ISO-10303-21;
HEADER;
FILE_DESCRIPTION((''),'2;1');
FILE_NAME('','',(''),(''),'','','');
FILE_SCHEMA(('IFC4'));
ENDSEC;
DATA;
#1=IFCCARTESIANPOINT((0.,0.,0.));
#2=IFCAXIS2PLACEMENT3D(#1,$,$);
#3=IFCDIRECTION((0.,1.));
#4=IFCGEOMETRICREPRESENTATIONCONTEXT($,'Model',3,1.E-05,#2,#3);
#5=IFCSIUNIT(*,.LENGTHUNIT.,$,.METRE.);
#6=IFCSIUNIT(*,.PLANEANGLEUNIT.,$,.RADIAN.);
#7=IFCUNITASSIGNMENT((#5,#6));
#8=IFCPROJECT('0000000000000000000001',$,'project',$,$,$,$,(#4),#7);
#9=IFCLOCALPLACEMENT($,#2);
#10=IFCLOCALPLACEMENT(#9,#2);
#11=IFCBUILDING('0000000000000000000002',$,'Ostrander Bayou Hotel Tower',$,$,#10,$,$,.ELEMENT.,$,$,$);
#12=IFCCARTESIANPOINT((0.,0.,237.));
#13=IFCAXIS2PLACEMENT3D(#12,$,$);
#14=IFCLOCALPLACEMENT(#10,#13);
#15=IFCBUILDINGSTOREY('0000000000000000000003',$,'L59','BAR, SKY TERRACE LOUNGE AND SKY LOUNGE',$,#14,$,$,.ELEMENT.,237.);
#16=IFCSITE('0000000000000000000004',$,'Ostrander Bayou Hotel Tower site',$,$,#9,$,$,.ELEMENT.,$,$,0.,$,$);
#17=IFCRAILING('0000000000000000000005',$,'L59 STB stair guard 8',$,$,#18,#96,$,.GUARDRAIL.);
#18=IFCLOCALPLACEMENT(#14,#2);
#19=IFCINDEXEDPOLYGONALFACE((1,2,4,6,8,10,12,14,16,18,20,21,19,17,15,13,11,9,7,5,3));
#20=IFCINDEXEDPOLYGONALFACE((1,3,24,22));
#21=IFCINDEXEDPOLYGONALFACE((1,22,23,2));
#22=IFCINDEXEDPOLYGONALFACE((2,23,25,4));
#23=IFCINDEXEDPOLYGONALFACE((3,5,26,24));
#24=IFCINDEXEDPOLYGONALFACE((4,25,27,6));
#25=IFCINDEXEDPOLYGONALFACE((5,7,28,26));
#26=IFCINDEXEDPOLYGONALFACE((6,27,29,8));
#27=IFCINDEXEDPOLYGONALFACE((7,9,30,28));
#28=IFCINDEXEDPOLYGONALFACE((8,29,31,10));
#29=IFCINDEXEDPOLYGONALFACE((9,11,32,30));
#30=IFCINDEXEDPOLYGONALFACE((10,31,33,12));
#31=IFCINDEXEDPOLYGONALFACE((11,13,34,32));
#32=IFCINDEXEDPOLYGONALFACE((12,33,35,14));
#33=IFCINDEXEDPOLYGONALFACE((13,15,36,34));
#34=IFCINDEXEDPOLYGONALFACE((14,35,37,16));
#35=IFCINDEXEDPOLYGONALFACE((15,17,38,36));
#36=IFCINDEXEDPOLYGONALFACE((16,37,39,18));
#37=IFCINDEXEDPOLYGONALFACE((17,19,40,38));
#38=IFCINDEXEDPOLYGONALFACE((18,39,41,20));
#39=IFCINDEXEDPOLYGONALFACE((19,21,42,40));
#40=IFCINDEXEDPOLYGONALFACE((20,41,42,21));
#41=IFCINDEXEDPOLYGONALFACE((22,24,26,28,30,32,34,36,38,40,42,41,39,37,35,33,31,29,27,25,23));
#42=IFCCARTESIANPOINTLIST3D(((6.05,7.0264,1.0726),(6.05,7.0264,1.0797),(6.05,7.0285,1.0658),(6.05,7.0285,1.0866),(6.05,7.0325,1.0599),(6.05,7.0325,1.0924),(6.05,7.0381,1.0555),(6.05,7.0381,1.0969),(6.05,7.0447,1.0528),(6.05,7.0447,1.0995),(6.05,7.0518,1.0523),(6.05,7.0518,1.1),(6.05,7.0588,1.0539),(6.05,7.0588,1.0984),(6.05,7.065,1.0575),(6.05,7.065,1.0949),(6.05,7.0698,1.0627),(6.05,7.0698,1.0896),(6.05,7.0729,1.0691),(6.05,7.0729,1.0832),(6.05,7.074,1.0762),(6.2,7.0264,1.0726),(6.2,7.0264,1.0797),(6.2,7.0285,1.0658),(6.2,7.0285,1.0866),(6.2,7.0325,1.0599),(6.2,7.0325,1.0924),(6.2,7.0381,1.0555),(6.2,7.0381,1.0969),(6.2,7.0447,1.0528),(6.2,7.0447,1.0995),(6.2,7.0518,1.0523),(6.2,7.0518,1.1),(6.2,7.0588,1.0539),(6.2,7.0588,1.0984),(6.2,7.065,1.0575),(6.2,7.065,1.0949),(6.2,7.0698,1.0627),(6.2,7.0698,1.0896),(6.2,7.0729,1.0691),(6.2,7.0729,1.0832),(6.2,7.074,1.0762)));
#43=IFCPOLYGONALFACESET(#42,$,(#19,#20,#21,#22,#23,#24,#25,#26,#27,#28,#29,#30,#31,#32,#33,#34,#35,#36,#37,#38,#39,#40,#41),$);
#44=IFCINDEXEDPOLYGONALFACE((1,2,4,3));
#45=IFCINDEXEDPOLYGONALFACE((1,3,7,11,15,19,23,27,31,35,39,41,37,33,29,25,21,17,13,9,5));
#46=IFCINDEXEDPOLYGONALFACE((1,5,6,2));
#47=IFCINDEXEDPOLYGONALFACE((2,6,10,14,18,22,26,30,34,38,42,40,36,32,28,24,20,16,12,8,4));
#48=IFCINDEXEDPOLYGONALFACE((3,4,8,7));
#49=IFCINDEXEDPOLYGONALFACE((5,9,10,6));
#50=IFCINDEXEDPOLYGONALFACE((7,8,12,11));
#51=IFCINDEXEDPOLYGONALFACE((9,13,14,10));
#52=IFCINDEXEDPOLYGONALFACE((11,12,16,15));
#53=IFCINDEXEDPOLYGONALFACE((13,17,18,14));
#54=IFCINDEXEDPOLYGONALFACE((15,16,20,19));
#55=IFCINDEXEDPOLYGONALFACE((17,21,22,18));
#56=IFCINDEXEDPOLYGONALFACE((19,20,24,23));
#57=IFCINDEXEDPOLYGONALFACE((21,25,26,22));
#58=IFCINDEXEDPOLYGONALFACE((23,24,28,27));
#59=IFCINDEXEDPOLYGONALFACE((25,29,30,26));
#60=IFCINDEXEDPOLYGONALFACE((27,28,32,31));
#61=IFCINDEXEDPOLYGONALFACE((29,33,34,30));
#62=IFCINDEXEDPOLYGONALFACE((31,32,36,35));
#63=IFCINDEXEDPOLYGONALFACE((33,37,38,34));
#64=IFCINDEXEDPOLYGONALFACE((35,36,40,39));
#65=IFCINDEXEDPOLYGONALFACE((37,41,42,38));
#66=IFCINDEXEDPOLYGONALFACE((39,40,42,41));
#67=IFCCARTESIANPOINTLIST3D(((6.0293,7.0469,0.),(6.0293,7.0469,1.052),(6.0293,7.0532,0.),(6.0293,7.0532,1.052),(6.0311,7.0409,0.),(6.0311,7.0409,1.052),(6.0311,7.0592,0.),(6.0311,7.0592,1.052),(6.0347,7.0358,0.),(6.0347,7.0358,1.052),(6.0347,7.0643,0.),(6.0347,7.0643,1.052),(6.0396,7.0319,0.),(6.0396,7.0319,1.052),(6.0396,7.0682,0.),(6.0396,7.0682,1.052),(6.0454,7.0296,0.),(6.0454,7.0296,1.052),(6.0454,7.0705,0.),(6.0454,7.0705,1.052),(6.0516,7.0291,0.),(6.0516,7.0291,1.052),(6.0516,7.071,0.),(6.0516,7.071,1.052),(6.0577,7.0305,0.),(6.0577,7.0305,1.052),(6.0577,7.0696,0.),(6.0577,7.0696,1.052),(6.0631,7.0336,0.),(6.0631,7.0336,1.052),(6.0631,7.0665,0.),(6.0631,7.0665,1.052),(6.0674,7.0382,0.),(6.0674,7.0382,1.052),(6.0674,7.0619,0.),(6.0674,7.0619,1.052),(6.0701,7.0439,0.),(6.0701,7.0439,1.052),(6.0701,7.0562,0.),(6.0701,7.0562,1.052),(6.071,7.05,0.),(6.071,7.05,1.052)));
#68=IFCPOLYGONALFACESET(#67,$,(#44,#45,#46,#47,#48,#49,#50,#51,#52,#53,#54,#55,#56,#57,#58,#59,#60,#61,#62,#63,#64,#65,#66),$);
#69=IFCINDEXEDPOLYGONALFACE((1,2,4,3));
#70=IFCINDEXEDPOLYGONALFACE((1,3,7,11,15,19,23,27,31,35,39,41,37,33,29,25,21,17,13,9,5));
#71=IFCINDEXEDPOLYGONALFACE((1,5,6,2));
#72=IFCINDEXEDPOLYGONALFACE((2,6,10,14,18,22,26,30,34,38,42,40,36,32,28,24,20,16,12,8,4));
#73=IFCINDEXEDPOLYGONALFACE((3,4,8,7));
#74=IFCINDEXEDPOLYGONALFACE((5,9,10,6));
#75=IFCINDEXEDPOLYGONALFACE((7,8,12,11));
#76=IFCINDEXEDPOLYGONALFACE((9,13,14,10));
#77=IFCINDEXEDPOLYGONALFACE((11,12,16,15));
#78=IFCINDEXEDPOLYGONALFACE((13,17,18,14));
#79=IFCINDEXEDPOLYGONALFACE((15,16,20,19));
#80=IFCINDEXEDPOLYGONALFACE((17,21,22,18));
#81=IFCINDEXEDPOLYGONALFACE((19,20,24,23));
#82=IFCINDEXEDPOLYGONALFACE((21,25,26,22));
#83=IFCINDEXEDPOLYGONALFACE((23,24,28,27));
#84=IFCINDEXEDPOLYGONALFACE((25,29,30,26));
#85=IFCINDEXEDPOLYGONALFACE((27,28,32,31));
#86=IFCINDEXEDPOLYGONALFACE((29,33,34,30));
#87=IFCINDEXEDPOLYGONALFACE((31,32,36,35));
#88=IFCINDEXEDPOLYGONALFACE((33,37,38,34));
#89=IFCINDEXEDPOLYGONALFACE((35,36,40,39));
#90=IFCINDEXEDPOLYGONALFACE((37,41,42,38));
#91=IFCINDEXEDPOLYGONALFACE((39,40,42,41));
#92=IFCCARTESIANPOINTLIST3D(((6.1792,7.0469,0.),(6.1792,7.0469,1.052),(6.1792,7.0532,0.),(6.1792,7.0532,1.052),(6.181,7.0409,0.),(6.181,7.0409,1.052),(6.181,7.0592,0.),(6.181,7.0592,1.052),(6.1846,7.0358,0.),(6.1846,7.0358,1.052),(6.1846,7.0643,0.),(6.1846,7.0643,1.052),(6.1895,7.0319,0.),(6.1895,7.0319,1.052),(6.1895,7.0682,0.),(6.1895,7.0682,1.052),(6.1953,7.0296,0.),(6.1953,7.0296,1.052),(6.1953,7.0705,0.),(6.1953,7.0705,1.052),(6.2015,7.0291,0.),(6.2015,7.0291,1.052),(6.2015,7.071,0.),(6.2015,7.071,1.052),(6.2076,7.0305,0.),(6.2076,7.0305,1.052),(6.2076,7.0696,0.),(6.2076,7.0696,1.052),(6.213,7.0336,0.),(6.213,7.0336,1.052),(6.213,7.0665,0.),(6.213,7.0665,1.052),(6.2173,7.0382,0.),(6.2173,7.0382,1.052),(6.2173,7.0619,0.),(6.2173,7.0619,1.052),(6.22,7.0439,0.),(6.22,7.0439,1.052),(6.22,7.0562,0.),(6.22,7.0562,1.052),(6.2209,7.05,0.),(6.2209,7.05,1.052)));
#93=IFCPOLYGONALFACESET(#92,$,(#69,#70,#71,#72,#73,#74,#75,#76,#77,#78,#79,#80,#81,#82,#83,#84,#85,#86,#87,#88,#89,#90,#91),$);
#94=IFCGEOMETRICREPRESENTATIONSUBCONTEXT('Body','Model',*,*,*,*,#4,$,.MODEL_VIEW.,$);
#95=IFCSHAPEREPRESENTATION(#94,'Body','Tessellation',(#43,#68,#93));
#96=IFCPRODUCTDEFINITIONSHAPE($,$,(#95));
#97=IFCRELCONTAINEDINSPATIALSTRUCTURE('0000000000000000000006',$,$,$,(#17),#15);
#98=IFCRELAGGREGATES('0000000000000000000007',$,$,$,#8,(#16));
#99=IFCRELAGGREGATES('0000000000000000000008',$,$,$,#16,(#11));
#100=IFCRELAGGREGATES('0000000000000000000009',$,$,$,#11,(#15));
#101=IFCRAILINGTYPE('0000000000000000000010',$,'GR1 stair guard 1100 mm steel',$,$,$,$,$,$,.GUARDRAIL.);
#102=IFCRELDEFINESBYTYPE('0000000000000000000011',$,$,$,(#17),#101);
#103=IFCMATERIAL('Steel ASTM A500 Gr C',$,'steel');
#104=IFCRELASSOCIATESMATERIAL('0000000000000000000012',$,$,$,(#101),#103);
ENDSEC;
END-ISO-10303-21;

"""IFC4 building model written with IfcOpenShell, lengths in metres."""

from ifc_helpers import new_model, si_unit, direction, frame, origin, origin_2d, place, context, subcontext, project, spatial, circle, extrude, material, type_object, element, save


model = new_model("IFC4")

# Units and contexts
model_context = context("Model", 3, precision=1e-05, world=origin(), true_north=direction((0.0, 1.0)))
body_context = subcontext(model_context, "Body", "Model", "MODEL_VIEW")
ifc_project = project(units=[si_unit("LENGTHUNIT", "METRE"), si_unit("PLANEANGLEUNIT", "RADIAN")], contexts=[model_context])

# Site, building, storey
site_placement = place(None, origin())
site = spatial("IfcSite", under=ifc_project, at=site_placement, Name="Ostrander Bayou Hotel Tower site", CompositionType="ELEMENT", RefElevation=0.0)
building_placement = place(site_placement, origin())
building = spatial("IfcBuilding", under=site, at=building_placement, Name="Ostrander Bayou Hotel Tower", CompositionType="ELEMENT")
storey_placement = place(building_placement, frame((0.0, 0.0, 237.0)))
storey = spatial("IfcBuildingStorey", under=building, at=storey_placement, Name="L59", Description="BAR, SKY TERRACE LOUNGE AND SKY LOUNGE", CompositionType="ELEMENT", Elevation=237.0)

# Railing
ifc_material_1 = material(Name="Steel ASTM A500 Gr C", Category="steel")
railing_type_1 = type_object("IfcRailingType", Name="GR1 stair guard 1100 mm steel", PredefinedType="GUARDRAIL", material=ifc_material_1)
railing_1_placement = place(storey_placement, frame((6.05, 7.05, 0.0)))
element("IfcRailing", 1, at=railing_1_placement, inside=storey, type_object=railing_type_1, Name="L59 STB stair guard 8", PredefinedType="GUARDRAIL", context=body_context, shape_type="SweptSolid", body=[
    extrude(circle(Radius=0.0239, at=origin_2d()), frame((0.0, 0.0, 1.0762), z_axis=(1.0, 0.0, 0.0), x_axis=(0.0, 1.0, 0.0)), (0.0, 0.0, 1.0), 0.1499),
    extrude(circle(Radius=0.021, at=origin_2d()), origin(), (0.0, 0.0, 1.0), 1.052),
    extrude(circle(Radius=0.021, at=origin_2d()), frame((0.1499, 0.0, 0.0)), (0.0, 0.0, 1.0), 1.052),
])

save(model, "model.ifc")
